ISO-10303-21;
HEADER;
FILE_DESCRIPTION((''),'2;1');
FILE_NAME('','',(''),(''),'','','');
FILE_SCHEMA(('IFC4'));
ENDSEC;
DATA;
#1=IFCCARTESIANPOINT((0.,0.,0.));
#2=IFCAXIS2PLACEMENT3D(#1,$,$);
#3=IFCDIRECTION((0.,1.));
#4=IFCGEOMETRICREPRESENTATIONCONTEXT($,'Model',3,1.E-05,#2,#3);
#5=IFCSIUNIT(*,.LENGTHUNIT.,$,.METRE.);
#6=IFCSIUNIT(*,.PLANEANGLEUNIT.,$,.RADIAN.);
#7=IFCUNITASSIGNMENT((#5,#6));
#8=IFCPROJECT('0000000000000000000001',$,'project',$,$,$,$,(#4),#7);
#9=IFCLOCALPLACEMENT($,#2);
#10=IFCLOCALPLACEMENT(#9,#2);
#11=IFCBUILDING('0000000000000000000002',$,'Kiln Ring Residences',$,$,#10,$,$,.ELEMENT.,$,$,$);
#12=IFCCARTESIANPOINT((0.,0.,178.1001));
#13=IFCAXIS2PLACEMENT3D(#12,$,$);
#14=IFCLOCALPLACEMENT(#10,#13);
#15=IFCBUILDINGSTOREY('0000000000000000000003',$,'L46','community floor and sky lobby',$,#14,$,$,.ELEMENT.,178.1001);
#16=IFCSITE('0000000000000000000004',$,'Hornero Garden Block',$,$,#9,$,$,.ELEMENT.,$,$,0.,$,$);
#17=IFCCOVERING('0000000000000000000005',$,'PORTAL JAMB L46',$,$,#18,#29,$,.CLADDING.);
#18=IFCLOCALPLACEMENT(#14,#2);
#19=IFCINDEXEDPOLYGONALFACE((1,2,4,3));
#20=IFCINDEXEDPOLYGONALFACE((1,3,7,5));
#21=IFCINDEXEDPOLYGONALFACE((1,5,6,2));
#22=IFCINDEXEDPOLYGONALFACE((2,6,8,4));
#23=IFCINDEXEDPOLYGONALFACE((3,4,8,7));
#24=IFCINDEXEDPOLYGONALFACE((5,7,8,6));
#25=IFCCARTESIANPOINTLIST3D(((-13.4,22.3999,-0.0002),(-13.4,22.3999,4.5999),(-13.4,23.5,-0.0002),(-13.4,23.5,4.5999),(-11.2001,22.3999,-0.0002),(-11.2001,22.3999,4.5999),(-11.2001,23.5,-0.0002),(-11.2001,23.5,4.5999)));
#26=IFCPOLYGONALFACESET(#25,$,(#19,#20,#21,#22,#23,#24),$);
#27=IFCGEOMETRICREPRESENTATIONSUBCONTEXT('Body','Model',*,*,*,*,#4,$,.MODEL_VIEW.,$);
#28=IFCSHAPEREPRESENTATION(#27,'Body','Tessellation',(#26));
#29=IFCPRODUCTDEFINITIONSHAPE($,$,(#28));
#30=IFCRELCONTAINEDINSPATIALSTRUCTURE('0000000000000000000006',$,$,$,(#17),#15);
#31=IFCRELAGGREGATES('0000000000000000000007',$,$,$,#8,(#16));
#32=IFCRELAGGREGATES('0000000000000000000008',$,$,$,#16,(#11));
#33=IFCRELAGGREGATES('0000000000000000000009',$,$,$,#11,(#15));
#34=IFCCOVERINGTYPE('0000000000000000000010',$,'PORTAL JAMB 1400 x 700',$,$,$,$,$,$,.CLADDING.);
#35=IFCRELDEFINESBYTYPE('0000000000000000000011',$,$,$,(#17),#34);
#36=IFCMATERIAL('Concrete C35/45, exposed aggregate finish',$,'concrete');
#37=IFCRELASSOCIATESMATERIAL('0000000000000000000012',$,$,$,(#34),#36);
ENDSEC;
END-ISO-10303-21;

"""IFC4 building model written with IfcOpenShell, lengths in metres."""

from ifc_helpers import new_model, si_unit, direction, frame, origin, origin_2d, place, context, subcontext, project, spatial, rectangle, extrude, material, type_object, element, save


model = new_model("IFC4")

# Units and contexts
model_context = context("Model", 3, precision=1e-05, world=origin(), true_north=direction((0.0, 1.0)))
body_context = subcontext(model_context, "Body", "Model", "MODEL_VIEW")
ifc_project = project(units=[si_unit("LENGTHUNIT", "METRE"), si_unit("PLANEANGLEUNIT", "RADIAN")], contexts=[model_context])

# Site, building, storey
site_placement = place(None, origin())
site = spatial("IfcSite", under=ifc_project, at=site_placement, Name="Hornero Garden Block", CompositionType="ELEMENT", RefElevation=0.0)
building_placement = place(site_placement, origin())
building = spatial("IfcBuilding", under=site, at=building_placement, Name="Kiln Ring Residences", CompositionType="ELEMENT")
storey_placement = place(building_placement, frame((0.0, 0.0, 178.1001)))
storey = spatial("IfcBuildingStorey", under=building, at=storey_placement, Name="L46", Description="community floor and sky lobby", CompositionType="ELEMENT", Elevation=178.1001)

# Covering
ifc_material_1 = material(Name="Concrete C35/45, exposed aggregate finish", Category="concrete")
covering_type_1 = type_object("IfcCoveringType", Name="PORTAL JAMB 1400 x 700", PredefinedType="CLADDING", material=ifc_material_1)
covering_1_placement = place(storey_placement, frame((-12.3, 22.95, -0.0002), z_axis=(0.0, 0.0, 1.0), x_axis=(1.0, 0.0, 0.0)))
element("IfcCovering", 1, at=covering_1_placement, inside=storey, type_object=covering_type_1, Name="PORTAL JAMB L46", PredefinedType="CLADDING", context=body_context, shape_type="SweptSolid", body=[
    extrude(rectangle(XDim=2.2, YDim=1.1001, at=origin_2d()), origin(), (0.0, 0.0, 1.0), 4.6001),
])

save(model, "model.ifc")
